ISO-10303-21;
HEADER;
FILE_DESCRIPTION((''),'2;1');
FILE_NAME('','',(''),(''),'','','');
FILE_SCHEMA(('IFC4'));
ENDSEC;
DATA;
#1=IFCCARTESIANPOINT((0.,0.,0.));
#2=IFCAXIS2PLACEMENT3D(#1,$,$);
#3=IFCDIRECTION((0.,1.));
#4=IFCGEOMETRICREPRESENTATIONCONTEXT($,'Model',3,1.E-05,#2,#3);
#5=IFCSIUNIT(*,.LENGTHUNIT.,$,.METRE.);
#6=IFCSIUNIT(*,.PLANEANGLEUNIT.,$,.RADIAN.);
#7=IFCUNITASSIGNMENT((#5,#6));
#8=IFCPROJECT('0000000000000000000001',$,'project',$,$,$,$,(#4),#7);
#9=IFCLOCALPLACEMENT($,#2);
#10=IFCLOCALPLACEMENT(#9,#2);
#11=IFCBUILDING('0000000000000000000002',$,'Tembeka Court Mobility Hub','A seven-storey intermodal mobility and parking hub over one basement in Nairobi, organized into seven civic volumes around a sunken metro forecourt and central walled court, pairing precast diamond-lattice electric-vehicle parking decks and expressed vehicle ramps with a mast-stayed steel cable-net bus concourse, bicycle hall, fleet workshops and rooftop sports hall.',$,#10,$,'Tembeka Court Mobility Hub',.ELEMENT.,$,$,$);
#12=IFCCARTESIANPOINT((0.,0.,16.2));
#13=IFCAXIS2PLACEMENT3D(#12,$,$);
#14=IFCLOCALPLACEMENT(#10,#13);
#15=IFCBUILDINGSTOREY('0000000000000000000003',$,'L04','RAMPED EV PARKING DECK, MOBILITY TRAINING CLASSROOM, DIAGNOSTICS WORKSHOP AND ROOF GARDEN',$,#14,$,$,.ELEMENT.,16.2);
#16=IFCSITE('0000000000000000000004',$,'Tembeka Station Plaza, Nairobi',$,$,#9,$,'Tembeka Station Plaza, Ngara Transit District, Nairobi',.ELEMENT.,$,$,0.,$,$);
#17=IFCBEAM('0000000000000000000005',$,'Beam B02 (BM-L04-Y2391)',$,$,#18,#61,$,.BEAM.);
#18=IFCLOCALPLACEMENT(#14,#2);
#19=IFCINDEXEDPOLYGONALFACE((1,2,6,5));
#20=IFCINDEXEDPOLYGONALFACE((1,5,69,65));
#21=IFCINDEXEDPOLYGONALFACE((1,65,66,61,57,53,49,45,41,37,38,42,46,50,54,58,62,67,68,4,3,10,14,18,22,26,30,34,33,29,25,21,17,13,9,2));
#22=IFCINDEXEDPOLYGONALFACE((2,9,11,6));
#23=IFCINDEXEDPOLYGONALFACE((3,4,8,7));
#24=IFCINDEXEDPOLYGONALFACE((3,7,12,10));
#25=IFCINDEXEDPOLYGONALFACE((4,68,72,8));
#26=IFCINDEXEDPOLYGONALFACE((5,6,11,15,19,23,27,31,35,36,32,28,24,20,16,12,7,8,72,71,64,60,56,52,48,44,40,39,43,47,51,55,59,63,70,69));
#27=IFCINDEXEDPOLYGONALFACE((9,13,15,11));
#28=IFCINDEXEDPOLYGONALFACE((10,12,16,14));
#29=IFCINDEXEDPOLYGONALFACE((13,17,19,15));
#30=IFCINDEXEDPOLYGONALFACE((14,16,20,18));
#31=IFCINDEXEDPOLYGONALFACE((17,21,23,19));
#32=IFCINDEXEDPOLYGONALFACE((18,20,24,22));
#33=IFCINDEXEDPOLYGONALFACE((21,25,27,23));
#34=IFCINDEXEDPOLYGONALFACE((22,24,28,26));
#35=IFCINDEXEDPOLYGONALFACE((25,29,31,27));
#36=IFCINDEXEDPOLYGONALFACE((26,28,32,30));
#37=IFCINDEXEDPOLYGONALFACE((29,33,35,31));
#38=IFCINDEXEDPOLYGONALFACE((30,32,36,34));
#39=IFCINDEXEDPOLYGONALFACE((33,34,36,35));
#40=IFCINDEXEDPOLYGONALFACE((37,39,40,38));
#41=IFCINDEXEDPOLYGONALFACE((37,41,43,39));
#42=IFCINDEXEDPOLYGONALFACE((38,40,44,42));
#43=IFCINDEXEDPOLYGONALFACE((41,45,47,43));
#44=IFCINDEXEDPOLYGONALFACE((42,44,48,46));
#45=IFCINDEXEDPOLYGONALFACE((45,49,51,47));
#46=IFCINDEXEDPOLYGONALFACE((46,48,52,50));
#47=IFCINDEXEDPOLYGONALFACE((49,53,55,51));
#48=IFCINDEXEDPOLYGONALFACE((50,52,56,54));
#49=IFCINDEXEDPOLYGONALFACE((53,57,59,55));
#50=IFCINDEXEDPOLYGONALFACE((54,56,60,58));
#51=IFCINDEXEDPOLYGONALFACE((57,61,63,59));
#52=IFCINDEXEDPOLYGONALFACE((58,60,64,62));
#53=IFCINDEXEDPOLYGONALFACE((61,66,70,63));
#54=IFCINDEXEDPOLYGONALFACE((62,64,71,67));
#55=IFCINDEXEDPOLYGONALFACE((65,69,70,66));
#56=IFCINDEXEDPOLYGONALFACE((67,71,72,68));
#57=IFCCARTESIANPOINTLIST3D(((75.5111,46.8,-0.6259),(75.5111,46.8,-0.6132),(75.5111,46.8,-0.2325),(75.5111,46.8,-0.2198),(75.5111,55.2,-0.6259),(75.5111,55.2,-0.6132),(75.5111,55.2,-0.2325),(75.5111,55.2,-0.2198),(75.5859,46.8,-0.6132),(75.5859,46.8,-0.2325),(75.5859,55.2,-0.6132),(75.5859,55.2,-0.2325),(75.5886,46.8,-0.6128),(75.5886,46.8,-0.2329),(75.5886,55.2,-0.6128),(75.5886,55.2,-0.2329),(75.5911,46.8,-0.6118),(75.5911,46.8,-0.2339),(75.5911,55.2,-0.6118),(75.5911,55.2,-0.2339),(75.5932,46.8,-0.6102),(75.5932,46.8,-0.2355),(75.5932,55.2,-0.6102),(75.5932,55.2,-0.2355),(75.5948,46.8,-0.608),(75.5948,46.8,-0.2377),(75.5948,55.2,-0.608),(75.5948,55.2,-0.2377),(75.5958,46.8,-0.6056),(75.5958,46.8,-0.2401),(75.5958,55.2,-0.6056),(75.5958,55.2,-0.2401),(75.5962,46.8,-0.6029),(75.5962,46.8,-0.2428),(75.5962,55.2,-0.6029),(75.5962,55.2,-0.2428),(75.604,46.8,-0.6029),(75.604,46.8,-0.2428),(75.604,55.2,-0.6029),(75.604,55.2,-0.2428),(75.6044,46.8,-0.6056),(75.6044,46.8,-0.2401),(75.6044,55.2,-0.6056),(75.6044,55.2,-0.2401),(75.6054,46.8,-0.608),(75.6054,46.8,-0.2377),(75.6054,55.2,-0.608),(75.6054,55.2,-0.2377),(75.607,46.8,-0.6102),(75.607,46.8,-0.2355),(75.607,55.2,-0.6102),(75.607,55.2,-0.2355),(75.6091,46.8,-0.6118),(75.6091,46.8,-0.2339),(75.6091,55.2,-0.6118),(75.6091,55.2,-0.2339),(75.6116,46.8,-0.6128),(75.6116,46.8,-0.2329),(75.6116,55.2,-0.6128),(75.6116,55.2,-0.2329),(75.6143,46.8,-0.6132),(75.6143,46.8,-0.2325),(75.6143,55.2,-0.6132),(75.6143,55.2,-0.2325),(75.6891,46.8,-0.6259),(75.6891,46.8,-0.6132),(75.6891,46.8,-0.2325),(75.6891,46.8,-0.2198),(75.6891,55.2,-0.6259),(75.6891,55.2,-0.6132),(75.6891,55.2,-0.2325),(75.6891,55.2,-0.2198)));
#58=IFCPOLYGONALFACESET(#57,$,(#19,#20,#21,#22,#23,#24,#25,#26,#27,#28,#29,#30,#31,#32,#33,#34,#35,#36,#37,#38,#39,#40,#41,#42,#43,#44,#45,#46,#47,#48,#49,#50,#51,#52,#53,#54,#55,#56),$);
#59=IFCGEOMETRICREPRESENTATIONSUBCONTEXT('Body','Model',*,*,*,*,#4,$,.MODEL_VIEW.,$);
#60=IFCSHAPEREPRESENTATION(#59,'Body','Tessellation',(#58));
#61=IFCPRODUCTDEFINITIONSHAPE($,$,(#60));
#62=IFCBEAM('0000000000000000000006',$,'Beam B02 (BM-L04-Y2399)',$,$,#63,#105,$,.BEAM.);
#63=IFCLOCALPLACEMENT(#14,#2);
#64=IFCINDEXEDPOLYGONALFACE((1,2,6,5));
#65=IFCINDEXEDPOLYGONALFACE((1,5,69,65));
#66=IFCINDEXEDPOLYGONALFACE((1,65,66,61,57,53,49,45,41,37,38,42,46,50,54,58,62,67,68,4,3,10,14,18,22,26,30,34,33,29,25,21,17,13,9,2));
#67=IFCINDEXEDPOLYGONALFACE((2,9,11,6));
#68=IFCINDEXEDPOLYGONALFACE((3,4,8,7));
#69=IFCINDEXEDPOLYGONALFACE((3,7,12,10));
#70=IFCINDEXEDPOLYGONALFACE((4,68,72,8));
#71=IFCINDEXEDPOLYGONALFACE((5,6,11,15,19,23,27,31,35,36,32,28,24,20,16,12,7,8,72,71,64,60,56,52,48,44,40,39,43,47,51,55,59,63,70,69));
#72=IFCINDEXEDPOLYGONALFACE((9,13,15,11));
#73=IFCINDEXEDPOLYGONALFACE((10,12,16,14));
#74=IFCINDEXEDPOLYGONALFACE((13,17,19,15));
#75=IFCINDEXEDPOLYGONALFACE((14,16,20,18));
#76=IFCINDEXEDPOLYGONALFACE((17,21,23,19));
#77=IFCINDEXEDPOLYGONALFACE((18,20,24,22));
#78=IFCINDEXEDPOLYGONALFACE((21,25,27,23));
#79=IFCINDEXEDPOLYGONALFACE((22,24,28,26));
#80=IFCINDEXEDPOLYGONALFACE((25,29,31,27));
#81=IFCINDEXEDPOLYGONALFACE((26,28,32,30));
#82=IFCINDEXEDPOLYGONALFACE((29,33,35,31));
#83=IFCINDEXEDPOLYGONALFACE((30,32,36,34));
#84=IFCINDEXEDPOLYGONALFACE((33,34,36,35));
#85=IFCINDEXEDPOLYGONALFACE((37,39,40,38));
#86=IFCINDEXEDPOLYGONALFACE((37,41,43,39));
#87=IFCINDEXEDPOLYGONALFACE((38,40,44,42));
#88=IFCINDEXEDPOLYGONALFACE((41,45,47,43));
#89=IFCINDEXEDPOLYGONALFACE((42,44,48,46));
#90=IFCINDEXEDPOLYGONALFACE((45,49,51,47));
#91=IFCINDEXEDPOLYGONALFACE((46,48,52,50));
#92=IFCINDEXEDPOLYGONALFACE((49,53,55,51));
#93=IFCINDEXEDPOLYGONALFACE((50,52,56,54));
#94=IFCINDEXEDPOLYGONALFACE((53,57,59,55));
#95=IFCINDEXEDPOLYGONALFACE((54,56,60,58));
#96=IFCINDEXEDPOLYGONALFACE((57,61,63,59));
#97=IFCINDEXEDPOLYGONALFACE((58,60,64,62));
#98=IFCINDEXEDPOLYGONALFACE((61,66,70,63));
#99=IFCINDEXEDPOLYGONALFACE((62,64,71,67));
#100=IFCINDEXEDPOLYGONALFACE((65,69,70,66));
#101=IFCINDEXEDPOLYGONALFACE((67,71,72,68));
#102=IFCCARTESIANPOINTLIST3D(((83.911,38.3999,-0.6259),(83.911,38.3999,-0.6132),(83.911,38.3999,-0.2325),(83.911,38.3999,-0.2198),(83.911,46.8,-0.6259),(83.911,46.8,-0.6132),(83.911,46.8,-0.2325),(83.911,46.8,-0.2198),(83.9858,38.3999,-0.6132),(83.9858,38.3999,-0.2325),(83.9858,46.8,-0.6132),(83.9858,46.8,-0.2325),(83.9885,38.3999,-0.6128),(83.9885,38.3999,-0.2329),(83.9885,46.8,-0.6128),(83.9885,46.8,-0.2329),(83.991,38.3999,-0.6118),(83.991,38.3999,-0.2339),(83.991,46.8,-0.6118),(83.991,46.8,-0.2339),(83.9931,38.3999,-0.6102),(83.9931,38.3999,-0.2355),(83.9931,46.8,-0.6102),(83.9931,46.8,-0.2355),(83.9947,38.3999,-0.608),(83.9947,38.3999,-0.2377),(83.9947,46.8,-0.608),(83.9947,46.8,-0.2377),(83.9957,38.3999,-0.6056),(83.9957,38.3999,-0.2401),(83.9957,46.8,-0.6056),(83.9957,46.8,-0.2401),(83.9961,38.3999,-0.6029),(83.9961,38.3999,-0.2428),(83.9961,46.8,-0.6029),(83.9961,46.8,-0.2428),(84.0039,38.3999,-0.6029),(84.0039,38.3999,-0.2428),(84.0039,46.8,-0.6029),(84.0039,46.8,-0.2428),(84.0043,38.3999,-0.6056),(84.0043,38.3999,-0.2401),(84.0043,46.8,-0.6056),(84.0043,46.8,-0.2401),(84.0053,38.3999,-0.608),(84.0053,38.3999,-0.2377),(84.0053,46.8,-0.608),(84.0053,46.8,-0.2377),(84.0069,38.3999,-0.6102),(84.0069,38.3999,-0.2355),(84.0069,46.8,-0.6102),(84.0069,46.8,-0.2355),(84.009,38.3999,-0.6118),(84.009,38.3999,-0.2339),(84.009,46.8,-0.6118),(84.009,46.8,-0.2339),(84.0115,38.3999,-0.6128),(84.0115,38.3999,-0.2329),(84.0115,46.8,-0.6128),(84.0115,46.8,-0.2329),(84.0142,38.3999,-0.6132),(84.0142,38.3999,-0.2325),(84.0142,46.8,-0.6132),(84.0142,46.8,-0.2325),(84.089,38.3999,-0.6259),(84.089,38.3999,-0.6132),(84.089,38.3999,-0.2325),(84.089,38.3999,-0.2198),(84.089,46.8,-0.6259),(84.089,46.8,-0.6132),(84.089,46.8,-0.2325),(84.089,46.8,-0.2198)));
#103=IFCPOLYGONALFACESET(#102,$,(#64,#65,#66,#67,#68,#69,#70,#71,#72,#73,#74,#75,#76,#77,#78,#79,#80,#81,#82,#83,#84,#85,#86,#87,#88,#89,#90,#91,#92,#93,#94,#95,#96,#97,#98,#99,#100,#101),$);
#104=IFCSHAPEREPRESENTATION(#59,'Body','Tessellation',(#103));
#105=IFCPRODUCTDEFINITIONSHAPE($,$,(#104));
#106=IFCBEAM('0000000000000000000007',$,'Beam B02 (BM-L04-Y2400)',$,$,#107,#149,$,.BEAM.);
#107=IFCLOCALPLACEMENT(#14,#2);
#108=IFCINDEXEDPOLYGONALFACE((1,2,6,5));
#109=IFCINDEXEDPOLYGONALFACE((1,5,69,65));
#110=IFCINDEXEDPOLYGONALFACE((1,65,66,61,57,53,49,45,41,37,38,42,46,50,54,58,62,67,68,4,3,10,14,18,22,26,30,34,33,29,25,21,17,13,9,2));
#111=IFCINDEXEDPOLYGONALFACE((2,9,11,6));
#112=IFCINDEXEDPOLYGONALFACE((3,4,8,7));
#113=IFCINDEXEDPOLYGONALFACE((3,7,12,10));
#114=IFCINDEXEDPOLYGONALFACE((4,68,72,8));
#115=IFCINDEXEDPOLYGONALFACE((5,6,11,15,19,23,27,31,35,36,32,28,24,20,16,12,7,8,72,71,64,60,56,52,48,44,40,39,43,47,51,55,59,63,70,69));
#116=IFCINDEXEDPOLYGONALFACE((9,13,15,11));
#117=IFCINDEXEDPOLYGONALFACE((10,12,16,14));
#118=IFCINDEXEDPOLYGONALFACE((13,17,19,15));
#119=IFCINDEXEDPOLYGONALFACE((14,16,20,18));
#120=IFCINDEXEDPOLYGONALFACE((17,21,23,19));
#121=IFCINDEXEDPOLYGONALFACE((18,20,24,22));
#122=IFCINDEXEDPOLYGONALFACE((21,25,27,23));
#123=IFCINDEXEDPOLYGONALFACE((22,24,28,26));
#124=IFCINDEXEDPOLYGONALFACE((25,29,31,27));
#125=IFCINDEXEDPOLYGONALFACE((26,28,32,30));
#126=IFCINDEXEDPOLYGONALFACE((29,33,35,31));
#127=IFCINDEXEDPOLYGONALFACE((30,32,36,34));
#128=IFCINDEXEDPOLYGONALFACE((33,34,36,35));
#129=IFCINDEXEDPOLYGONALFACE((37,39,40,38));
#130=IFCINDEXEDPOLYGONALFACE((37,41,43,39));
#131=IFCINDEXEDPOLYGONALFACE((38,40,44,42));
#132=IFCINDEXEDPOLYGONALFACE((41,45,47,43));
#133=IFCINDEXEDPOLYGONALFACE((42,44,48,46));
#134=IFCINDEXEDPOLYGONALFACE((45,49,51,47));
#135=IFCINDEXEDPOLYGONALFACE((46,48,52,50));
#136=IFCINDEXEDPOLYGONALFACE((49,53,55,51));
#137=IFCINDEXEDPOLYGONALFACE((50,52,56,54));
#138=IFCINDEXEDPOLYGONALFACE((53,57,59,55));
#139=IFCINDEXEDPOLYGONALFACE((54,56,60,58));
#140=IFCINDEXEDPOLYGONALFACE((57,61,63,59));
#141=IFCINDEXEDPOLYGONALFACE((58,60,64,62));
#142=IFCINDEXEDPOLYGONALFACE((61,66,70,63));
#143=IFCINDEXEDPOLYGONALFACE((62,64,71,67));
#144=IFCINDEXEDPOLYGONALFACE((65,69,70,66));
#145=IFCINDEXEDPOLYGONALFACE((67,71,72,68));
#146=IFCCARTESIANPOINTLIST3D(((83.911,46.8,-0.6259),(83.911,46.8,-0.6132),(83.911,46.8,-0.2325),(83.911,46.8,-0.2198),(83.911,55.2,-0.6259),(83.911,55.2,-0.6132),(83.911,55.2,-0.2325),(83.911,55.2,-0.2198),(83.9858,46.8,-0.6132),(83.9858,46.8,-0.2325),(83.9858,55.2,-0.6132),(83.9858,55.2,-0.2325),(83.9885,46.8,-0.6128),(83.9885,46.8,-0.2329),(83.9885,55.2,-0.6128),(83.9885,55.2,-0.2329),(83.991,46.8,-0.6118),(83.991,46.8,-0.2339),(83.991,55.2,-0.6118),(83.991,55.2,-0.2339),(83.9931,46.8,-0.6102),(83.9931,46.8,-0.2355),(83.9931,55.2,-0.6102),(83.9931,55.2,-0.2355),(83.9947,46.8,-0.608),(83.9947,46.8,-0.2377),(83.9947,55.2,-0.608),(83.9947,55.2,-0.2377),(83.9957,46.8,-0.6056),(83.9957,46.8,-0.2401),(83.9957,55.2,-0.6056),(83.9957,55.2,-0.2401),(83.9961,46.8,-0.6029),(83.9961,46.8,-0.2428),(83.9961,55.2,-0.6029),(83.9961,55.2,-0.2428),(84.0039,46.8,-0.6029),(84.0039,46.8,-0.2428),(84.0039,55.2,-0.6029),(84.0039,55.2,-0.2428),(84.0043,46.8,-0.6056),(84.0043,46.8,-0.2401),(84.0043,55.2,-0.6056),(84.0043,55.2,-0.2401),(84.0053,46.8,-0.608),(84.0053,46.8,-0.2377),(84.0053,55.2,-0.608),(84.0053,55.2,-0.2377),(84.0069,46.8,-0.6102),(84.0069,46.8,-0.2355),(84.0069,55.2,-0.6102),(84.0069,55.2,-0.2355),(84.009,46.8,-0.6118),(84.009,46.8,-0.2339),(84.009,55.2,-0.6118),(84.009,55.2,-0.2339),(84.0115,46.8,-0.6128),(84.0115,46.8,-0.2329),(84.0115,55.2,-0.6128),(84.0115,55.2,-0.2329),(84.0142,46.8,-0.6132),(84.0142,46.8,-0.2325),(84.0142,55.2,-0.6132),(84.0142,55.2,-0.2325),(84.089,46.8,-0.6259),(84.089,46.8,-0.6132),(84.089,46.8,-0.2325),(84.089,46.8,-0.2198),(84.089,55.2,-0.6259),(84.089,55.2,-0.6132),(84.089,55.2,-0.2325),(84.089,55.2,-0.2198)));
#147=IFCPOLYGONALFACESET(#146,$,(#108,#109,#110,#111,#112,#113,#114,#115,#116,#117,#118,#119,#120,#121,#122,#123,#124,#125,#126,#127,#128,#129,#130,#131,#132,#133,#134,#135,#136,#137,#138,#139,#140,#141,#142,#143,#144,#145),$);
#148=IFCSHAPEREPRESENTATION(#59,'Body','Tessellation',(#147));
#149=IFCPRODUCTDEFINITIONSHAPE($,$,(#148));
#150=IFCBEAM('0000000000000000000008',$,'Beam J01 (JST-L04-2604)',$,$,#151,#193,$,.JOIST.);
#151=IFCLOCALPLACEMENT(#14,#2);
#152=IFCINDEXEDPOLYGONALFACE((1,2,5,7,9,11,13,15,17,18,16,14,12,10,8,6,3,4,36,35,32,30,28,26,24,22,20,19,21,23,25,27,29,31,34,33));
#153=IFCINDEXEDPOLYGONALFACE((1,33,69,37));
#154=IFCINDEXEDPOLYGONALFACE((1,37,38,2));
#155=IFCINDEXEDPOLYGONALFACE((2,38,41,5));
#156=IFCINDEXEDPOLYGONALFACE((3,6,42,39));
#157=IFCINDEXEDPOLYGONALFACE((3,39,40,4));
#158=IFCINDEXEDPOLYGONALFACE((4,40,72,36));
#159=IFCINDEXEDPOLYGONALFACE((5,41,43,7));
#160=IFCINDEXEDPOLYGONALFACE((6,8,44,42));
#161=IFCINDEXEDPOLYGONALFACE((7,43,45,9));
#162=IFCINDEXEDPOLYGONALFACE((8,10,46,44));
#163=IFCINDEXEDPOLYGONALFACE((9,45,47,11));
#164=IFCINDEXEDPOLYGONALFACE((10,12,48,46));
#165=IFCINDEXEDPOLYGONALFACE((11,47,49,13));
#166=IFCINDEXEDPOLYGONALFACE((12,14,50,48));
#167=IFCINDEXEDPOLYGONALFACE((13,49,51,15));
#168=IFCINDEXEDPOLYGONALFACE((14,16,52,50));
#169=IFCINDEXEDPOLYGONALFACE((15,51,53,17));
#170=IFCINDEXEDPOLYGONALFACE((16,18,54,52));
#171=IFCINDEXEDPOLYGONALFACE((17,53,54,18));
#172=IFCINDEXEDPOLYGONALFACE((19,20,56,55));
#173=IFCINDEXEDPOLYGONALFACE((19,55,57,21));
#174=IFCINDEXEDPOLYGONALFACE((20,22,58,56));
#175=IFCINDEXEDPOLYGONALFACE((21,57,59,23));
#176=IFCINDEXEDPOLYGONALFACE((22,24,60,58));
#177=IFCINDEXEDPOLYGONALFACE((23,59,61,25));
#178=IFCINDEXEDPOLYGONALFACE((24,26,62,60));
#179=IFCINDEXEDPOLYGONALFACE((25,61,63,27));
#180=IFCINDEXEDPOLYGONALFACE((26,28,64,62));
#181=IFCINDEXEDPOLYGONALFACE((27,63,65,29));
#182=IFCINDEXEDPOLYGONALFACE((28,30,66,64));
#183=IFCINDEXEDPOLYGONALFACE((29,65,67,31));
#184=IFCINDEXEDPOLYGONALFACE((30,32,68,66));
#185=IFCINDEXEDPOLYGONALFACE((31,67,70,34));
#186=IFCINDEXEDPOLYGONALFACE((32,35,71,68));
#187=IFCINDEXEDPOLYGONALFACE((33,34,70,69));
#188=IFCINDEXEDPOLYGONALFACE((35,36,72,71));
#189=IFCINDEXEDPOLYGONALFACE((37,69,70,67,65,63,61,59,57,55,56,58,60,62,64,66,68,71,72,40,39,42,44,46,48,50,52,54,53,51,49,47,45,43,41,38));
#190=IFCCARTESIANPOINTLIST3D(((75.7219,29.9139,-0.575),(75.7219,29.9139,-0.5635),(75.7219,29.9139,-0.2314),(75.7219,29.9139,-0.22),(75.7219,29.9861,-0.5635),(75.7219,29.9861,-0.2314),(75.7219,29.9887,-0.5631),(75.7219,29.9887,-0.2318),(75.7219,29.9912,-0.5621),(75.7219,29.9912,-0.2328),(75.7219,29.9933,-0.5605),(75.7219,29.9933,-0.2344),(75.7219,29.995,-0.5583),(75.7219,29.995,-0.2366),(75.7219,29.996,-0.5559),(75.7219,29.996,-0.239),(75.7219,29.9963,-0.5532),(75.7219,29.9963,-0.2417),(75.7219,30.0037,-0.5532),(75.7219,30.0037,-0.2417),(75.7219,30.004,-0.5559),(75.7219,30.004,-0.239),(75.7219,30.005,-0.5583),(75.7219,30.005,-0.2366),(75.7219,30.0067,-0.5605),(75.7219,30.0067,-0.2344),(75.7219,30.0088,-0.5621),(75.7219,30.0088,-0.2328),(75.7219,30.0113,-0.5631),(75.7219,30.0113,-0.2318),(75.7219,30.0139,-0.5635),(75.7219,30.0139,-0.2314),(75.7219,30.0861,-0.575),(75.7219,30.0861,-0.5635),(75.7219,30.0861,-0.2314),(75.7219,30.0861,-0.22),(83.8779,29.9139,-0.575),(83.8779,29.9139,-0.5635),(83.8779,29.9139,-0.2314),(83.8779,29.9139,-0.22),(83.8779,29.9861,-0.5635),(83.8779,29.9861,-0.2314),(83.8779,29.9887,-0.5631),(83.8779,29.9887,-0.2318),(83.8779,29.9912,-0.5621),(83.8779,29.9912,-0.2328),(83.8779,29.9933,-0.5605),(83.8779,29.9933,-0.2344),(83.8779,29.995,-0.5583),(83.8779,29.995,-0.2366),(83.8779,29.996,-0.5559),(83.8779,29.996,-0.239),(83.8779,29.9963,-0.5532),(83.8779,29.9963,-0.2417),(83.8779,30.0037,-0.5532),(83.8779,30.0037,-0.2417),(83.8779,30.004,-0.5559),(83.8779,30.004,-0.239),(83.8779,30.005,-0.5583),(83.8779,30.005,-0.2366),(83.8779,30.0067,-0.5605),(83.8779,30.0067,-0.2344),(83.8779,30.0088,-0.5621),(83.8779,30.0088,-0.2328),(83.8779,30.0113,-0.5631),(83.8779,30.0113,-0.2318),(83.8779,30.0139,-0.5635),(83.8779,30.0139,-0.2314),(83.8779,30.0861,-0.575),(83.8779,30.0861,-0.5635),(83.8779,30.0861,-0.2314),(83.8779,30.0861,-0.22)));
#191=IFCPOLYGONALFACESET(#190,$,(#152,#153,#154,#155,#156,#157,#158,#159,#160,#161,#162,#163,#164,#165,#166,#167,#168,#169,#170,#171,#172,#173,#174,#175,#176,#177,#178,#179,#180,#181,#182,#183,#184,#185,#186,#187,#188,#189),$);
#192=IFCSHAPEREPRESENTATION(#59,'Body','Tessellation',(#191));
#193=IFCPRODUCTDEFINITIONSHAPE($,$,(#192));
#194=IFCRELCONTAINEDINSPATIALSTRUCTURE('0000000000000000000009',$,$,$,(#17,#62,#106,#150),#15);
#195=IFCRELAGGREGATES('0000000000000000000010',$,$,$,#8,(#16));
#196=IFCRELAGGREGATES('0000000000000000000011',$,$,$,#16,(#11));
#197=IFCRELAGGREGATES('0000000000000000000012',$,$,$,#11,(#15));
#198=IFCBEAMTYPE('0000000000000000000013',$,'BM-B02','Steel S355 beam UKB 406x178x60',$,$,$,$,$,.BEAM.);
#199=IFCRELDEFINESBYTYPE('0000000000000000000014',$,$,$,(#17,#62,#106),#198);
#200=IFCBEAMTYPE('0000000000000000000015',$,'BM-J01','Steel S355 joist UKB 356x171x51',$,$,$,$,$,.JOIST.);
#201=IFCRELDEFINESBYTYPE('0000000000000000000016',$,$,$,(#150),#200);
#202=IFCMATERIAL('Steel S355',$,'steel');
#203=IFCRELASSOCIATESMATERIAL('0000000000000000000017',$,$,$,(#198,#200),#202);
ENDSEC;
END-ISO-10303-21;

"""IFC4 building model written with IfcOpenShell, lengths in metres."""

from ifc_helpers import new_model, si_unit, direction, frame, origin, origin_2d, place, context, subcontext, project, spatial, i_section, extrude, material, material_profile, profile_set, type_object, element, save


model = new_model("IFC4")

# Units and contexts
model_context = context("Model", 3, precision=1e-05, world=origin(), true_north=direction((0.0, 1.0)))
body_context = subcontext(model_context, "Body", "Model", "MODEL_VIEW")
ifc_project = project(units=[si_unit("LENGTHUNIT", "METRE"), si_unit("PLANEANGLEUNIT", "RADIAN")], contexts=[model_context])

# Site, building, storey
site_placement = place(None, origin())
site = spatial("IfcSite", under=ifc_project, at=site_placement, Name="Tembeka Station Plaza, Nairobi", LongName="Tembeka Station Plaza, Ngara Transit District, Nairobi", CompositionType="ELEMENT", RefElevation=0.0)
building_placement = place(site_placement, origin())
building = spatial("IfcBuilding", under=site, at=building_placement, Name="Tembeka Court Mobility Hub", Description="A seven-storey intermodal mobility and parking hub over one basement in Nairobi, organized into seven civic volumes around a sunken metro forecourt and central walled court, pairing precast diamond-lattice electric-vehicle parking decks and expressed vehicle ramps with a mast-stayed steel cable-net bus concourse, bicycle hall, fleet workshops and rooftop sports hall.", LongName="Tembeka Court Mobility Hub", CompositionType="ELEMENT")
storey_placement = place(building_placement, frame((0.0, 0.0, 16.2)))
storey = spatial("IfcBuildingStorey", under=building, at=storey_placement, Name="L04", Description="RAMPED EV PARKING DECK, MOBILITY TRAINING CLASSROOM, DIAGNOSTICS WORKSHOP AND ROOF GARDEN", CompositionType="ELEMENT", Elevation=16.2)

# Shared definitions
ifc_material_1 = material(Name="Steel S355", Category="steel")

# Beams
ifc_material_profile_1 = material_profile(ifc_material_1, i_section(OverallWidth=0.178, OverallDepth=0.406, WebThickness=0.0078, FlangeThickness=0.0127, FilletRadius=0.0103, at=origin_2d()), Name="UKB 406x178x60")
ifc_profile_set_1 = profile_set([ifc_material_profile_1], Name="Steel S355")
beam_type_1 = type_object("IfcBeamType", Name="BM-B02", Description="Steel S355 beam UKB 406x178x60", PredefinedType="BEAM", material=ifc_profile_set_1)
beam_1_placement = place(storey_placement, frame((75.6001, 46.8, -0.4229), z_axis=(0.0, 1.0, 0.0), x_axis=(-1.0, 0.0, 0.0)))
element("IfcBeam", 1, at=beam_1_placement, inside=storey, type_object=beam_type_1, Name="Beam B02 (BM-L04-Y2391)", PredefinedType="BEAM", context=body_context, shape_type="SweptSolid", body=[
    extrude(i_section(OverallWidth=0.178, OverallDepth=0.406, WebThickness=0.0078, FlangeThickness=0.0127, FilletRadius=0.0103, at=origin_2d()), origin(), (0.0, 0.0, 1.0), 8.3999),
])
beam_2_placement = place(storey_placement, frame((84.0, 38.3999, -0.4229), z_axis=(0.0, 1.0, 0.0), x_axis=(-1.0, 0.0, 0.0)))
element("IfcBeam", 2, at=beam_2_placement, inside=storey, type_object=beam_type_1, Name="Beam B02 (BM-L04-Y2399)", PredefinedType="BEAM", context=body_context, shape_type="SweptSolid", body=[
    extrude(i_section(OverallWidth=0.178, OverallDepth=0.406, WebThickness=0.0078, FlangeThickness=0.0127, FilletRadius=0.0103, at=origin_2d()), origin(), (0.0, 0.0, 1.0), 8.4001),
])
beam_3_placement = place(storey_placement, frame((84.0, 46.8, -0.4229), z_axis=(0.0, 1.0, 0.0), x_axis=(-1.0, 0.0, 0.0)))
element("IfcBeam", 3, at=beam_3_placement, inside=storey, type_object=beam_type_1, Name="Beam B02 (BM-L04-Y2400)", PredefinedType="BEAM", context=body_context, shape_type="SweptSolid", body=[
    extrude(i_section(OverallWidth=0.178, OverallDepth=0.406, WebThickness=0.0078, FlangeThickness=0.0127, FilletRadius=0.0103, at=origin_2d()), origin(), (0.0, 0.0, 1.0), 8.3999),
])
ifc_material_profile_2 = material_profile(ifc_material_1, i_section(OverallWidth=0.1721, OverallDepth=0.355, WebThickness=0.0073, FlangeThickness=0.0115, FilletRadius=0.0103, at=origin_2d()), Name="UKB 356x171x51")
ifc_profile_set_2 = profile_set([ifc_material_profile_2], Name="Steel S355")
beam_type_2 = type_object("IfcBeamType", Name="BM-J01", Description="Steel S355 joist UKB 356x171x51", PredefinedType="JOIST", material=ifc_profile_set_2)
for number, where, z_axis, x_axis, name in (
    (4, (75.7219, 30.0, -0.3975), (1.0, 0.0, 0.0), (0.0, 1.0, 0.0), "Beam J01 (JST-L04-2604)"),
):
    element("IfcBeam", number, at=place(storey_placement, frame(where, z_axis=z_axis, x_axis=x_axis)), inside=storey, type_object=beam_type_2, Name=name, PredefinedType="JOIST", context=body_context, shape_type="SweptSolid", body=[
        extrude(i_section(OverallWidth=0.1721, OverallDepth=0.355, WebThickness=0.0073, FlangeThickness=0.0115, FilletRadius=0.0103, at=origin_2d()), origin(), (0.0, 0.0, 1.0), 8.156),
    ])

save(model, "model.ifc")
